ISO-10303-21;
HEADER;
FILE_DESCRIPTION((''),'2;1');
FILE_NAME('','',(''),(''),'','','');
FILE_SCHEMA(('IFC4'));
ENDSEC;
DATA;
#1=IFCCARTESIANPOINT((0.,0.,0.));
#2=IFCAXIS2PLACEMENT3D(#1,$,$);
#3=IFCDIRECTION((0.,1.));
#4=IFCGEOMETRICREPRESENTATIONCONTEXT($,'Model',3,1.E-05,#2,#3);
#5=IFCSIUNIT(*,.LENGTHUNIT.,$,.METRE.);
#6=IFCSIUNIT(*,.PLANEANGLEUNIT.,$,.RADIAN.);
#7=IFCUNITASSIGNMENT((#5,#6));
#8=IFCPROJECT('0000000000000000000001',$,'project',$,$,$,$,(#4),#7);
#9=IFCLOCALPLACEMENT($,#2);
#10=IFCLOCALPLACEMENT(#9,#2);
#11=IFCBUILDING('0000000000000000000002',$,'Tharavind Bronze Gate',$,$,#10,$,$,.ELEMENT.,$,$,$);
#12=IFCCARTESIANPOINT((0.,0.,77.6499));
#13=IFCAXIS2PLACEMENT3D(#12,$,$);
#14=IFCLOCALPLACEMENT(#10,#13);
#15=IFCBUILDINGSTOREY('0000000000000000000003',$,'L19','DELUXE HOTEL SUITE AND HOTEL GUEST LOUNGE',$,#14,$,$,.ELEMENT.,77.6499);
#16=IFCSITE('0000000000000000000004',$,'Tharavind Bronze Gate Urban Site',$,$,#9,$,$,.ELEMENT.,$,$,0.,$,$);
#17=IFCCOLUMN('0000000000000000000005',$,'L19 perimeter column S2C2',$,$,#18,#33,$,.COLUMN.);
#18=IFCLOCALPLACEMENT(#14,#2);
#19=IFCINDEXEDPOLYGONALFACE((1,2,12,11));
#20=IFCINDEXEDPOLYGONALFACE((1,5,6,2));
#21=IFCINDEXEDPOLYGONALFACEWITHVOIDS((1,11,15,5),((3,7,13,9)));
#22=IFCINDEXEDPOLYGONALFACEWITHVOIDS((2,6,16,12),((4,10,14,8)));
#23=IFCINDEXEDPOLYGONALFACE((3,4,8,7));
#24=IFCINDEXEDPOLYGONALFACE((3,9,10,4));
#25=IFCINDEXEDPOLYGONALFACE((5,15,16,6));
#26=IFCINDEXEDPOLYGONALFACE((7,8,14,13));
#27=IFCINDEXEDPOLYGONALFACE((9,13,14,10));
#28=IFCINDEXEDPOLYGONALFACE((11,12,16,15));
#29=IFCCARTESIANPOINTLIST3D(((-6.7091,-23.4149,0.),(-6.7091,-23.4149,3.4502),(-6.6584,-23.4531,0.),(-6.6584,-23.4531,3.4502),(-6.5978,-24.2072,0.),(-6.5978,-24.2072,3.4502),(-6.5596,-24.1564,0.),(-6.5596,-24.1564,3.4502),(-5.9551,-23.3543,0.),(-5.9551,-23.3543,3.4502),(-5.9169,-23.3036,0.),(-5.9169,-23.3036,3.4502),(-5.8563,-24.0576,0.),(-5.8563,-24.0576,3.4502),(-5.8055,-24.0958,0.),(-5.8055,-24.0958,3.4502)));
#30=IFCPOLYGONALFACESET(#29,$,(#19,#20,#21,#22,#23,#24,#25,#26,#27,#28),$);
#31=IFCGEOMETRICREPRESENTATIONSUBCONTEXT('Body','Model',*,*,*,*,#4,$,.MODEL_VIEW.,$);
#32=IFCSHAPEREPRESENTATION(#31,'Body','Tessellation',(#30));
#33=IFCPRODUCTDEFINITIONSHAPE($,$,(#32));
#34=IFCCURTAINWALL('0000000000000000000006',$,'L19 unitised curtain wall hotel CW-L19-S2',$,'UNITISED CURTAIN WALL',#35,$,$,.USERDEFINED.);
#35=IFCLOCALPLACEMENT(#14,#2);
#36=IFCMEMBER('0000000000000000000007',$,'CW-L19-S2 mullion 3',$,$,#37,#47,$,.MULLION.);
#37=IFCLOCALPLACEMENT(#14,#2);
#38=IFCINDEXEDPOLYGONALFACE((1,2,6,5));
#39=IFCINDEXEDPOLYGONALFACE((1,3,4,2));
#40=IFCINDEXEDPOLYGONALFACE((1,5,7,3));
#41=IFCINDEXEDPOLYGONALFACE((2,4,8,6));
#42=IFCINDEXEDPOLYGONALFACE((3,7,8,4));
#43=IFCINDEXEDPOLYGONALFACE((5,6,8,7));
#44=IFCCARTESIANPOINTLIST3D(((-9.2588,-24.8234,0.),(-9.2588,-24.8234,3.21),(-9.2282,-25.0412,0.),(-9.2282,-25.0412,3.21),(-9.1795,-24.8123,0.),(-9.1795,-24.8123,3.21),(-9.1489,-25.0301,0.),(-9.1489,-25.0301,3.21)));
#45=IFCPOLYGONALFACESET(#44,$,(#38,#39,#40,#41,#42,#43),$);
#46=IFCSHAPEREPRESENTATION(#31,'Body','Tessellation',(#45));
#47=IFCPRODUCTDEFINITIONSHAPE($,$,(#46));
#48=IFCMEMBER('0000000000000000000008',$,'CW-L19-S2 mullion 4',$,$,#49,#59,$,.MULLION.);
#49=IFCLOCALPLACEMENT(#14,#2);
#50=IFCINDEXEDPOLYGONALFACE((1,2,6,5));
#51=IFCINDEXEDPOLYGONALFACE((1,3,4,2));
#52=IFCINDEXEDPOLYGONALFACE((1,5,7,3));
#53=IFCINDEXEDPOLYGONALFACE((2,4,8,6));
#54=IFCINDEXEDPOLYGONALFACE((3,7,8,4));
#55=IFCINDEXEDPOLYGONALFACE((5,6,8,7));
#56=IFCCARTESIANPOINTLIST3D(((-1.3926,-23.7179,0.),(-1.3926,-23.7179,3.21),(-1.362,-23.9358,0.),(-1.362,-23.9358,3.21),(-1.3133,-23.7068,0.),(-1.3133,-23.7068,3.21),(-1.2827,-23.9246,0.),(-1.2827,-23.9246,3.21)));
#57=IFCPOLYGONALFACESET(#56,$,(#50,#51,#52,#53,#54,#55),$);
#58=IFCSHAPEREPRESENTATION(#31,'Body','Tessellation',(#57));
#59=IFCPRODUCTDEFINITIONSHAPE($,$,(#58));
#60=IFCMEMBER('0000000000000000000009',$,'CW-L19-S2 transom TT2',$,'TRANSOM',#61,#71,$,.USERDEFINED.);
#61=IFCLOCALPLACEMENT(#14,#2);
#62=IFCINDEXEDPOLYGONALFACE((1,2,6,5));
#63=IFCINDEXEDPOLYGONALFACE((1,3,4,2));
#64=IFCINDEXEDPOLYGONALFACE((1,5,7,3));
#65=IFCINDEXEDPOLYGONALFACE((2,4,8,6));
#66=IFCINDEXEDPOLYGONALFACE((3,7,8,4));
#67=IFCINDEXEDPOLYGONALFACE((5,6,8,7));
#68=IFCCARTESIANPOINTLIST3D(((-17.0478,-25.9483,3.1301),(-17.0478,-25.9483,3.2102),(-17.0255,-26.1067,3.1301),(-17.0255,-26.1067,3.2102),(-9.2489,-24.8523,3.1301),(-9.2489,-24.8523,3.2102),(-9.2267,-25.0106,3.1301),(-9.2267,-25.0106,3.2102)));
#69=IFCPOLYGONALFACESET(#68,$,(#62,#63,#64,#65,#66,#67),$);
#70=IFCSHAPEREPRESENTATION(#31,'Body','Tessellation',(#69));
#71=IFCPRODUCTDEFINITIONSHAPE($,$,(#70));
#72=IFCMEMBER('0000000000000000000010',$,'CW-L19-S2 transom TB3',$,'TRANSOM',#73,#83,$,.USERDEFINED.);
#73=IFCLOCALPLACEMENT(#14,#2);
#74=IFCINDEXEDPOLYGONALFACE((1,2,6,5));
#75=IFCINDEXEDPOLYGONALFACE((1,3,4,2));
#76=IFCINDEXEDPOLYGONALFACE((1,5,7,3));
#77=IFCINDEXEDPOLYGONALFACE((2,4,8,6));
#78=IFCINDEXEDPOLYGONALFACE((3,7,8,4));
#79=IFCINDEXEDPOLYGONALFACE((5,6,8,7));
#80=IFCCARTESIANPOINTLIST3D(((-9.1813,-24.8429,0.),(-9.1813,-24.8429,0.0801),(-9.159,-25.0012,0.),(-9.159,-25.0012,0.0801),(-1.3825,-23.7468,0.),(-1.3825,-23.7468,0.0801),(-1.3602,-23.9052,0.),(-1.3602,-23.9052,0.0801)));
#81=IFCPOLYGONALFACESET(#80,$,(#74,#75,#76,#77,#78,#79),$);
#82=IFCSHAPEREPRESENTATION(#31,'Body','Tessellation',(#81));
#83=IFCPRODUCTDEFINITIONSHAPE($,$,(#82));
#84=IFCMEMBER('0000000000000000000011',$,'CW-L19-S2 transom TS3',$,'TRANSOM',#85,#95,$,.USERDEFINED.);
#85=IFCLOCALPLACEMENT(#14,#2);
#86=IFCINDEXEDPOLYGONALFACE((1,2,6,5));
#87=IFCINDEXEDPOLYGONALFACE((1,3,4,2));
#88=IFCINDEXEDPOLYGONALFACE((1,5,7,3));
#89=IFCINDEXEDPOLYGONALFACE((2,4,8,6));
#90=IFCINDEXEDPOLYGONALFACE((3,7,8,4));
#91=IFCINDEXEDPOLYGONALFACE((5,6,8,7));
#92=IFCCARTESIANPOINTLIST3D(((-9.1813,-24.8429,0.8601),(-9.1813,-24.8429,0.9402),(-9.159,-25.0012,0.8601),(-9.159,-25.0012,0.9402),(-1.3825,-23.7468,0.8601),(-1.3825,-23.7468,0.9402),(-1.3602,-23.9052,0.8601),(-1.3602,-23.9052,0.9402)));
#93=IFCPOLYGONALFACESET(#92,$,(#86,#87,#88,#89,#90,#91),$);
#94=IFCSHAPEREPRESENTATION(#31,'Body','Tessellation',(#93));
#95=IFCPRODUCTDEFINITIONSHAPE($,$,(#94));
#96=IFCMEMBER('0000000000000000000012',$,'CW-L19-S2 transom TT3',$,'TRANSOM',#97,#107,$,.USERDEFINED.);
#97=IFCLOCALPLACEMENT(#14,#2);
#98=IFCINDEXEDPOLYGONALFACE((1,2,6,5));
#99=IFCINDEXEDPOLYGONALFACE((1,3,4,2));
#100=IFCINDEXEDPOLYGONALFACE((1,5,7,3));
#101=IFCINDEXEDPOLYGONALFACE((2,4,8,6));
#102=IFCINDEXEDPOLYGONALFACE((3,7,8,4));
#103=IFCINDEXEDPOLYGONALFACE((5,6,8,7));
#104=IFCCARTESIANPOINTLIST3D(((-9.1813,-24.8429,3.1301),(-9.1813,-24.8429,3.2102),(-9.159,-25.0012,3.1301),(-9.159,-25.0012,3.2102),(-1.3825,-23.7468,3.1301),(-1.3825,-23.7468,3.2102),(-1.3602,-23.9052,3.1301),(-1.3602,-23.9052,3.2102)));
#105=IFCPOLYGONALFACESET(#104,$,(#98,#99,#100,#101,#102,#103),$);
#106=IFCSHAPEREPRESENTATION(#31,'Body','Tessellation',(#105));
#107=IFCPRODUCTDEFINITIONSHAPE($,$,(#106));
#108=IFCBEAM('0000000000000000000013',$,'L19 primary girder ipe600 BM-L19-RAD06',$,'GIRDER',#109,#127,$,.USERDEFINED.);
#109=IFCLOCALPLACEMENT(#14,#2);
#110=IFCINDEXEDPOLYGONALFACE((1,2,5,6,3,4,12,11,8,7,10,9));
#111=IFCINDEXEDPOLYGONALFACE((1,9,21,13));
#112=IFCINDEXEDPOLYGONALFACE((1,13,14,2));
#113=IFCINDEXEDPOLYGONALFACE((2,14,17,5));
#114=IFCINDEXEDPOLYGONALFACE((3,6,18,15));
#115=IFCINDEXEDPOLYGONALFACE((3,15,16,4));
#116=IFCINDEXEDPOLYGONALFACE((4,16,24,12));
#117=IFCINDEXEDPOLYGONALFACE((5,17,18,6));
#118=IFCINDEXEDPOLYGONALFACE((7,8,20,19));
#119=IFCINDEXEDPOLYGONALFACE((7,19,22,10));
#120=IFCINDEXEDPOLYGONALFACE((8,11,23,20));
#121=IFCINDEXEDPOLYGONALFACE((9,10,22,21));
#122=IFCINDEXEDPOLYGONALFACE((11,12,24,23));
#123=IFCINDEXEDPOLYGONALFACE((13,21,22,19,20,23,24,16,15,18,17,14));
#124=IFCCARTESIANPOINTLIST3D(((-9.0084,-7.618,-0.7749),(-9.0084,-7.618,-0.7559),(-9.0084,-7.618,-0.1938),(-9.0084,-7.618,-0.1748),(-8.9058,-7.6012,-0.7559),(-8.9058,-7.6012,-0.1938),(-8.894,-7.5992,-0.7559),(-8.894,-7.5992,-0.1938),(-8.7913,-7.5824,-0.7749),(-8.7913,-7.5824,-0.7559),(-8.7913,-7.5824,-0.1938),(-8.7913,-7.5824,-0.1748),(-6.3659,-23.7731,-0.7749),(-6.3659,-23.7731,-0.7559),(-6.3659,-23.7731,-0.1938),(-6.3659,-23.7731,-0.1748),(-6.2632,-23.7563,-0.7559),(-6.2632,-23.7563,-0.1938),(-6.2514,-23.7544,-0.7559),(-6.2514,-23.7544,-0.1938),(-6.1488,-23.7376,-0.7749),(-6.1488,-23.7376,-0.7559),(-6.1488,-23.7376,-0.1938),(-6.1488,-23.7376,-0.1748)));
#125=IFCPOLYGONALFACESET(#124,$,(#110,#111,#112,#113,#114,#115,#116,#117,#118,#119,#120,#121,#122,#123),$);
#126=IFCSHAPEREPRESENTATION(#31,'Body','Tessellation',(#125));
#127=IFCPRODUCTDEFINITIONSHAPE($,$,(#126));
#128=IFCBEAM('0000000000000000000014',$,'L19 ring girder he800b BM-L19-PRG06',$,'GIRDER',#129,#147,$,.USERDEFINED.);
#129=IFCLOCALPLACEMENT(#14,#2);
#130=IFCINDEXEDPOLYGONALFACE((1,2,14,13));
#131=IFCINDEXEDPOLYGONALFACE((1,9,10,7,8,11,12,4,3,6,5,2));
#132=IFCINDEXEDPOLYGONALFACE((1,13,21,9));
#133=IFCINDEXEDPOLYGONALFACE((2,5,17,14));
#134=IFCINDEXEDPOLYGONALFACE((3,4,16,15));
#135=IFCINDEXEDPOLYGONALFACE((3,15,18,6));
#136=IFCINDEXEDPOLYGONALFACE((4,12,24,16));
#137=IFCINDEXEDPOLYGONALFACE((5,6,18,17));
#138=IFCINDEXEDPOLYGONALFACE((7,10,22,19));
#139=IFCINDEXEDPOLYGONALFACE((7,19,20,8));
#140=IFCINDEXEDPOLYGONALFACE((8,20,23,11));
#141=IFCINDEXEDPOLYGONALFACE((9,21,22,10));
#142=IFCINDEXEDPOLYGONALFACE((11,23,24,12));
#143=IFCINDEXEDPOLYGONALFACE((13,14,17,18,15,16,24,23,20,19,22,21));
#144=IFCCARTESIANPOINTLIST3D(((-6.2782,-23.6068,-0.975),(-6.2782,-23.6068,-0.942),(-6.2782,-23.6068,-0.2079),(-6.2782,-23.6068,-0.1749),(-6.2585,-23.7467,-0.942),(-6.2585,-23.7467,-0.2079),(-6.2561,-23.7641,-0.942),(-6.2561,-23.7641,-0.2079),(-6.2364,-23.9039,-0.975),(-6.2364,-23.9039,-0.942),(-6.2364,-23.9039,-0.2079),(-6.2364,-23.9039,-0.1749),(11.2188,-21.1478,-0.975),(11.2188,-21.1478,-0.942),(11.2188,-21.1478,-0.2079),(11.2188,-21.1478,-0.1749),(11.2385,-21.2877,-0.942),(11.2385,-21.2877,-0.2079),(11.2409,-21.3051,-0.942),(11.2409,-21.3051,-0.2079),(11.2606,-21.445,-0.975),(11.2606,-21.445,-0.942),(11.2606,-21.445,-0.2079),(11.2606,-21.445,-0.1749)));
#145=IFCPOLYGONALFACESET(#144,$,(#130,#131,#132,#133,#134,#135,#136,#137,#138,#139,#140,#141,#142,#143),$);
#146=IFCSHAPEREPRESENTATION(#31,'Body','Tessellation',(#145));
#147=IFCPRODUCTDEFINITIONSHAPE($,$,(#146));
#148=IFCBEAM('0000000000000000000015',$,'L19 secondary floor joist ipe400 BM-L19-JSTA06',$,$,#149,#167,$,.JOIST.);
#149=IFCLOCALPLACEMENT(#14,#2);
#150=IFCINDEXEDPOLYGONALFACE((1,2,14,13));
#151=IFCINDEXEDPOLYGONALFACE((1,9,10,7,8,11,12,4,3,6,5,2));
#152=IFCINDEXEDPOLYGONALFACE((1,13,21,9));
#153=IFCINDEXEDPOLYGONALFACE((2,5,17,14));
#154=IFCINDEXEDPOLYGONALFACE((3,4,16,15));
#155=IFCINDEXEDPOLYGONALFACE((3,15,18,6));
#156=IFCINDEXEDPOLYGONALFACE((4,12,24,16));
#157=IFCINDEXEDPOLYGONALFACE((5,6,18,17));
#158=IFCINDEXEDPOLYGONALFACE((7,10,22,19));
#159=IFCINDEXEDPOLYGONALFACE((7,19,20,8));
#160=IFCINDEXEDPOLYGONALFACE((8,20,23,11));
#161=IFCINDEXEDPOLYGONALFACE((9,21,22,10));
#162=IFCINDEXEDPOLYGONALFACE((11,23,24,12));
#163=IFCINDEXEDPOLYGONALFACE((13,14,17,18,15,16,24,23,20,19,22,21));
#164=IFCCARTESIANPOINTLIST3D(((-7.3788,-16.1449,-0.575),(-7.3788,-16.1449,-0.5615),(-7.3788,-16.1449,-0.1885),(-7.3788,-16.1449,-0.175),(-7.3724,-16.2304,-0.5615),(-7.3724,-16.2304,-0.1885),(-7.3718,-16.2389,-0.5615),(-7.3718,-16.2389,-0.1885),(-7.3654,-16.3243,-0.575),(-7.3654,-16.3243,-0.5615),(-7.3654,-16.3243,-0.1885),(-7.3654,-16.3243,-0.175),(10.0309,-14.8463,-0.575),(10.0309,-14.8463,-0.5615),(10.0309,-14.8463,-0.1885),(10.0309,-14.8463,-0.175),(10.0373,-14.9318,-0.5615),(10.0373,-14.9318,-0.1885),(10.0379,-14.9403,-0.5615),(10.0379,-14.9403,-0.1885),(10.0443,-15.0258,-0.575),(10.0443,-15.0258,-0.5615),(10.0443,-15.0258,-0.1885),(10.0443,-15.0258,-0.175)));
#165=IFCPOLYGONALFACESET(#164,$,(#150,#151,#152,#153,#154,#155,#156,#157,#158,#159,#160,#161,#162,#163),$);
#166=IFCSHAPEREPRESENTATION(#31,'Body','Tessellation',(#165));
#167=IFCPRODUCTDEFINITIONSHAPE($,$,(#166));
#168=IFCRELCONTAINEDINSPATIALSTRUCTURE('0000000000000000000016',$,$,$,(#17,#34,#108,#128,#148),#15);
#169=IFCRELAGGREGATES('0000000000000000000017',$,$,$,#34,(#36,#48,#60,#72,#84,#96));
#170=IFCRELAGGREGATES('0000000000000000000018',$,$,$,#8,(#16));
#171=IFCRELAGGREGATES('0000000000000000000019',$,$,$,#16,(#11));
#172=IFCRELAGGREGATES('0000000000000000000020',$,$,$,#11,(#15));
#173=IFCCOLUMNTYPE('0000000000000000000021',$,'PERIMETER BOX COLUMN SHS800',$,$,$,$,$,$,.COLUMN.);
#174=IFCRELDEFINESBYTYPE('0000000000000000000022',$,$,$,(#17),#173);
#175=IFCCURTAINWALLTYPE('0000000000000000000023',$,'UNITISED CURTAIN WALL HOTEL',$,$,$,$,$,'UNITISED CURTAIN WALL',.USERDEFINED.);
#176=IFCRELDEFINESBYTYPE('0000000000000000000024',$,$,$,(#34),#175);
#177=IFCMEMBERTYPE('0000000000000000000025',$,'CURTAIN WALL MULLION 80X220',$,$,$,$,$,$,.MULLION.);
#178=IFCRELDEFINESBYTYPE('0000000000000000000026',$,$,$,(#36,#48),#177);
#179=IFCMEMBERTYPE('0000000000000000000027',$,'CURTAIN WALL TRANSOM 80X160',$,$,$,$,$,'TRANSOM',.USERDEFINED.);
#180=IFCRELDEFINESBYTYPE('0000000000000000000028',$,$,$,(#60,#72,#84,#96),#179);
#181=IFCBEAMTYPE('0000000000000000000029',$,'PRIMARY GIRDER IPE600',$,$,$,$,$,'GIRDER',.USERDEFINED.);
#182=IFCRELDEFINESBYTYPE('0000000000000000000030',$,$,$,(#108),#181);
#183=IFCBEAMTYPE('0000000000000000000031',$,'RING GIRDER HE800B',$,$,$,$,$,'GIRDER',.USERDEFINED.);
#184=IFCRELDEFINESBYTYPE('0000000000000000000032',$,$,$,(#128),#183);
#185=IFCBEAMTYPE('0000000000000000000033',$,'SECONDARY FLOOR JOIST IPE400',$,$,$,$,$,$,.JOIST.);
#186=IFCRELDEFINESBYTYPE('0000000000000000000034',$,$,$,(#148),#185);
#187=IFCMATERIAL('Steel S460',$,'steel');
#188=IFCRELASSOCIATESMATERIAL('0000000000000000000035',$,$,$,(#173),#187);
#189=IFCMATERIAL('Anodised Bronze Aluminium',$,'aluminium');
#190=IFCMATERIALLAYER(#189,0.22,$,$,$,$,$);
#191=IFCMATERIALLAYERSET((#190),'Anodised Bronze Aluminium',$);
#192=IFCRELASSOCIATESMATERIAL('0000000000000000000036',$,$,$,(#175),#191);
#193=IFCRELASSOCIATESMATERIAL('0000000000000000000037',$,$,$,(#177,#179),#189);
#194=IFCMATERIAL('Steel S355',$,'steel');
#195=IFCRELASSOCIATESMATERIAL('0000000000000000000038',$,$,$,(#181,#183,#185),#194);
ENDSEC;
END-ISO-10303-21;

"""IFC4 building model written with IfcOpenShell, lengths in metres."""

from ifc_helpers import new_model, si_unit, direction, frame, origin, origin_2d, place, context, subcontext, project, spatial, rectangle, hollow_rectangle, i_section, extrude, material, layer, layer_set, material_profile, profile_set, type_object, element, aggregate, save


model = new_model("IFC4")

# Units and contexts
model_context = context("Model", 3, precision=1e-05, world=origin(), true_north=direction((0.0, 1.0)))
body_context = subcontext(model_context, "Body", "Model", "MODEL_VIEW")
ifc_project = project(units=[si_unit("LENGTHUNIT", "METRE"), si_unit("PLANEANGLEUNIT", "RADIAN")], contexts=[model_context])

# Site, building, storey
site_placement = place(None, origin())
site = spatial("IfcSite", under=ifc_project, at=site_placement, Name="Tharavind Bronze Gate Urban Site", CompositionType="ELEMENT", RefElevation=0.0)
building_placement = place(site_placement, origin())
building = spatial("IfcBuilding", under=site, at=building_placement, Name="Tharavind Bronze Gate", CompositionType="ELEMENT")
storey_placement = place(building_placement, frame((0.0, 0.0, 77.6499)))
storey = spatial("IfcBuildingStorey", under=building, at=storey_placement, Name="L19", Description="DELUXE HOTEL SUITE AND HOTEL GUEST LOUNGE", CompositionType="ELEMENT", Elevation=77.6499)

# Column
ifc_material_1 = material(Name="Steel S460", Category="steel")
ifc_material_profile_1 = material_profile(ifc_material_1, hollow_rectangle(XDim=0.8, YDim=0.8, WallThickness=0.0449, at=origin_2d()), Name="SHS800X45")
ifc_profile_set_1 = profile_set([ifc_material_profile_1], Name="Steel S460")
column_type = type_object("IfcColumnType", Name="PERIMETER BOX COLUMN SHS800", PredefinedType="COLUMN", material=ifc_profile_set_1)
column_placement = place(storey_placement, frame((-6.2573, -23.7554, 0.0), z_axis=(0.0, 0.0, 1.0), x_axis=(0.990268, 0.139173, 0.0)))
element("IfcColumn", 1, at=column_placement, inside=storey, type_object=column_type, Name="L19 perimeter column S2C2", PredefinedType="COLUMN", context=body_context, shape_type="SweptSolid", body=[
    extrude(hollow_rectangle(XDim=0.8, YDim=0.8, WallThickness=0.0449, at=origin_2d()), origin(), (0.0, 0.0, 1.0), 3.4502),
])

# Curtain wall, members
ifc_material_2 = material(Name="Anodised Bronze Aluminium", Category="aluminium")
ifc_layer_1 = layer(ifc_material_2, 0.22)
ifc_layer_set_1 = layer_set([ifc_layer_1], Name="Anodised Bronze Aluminium")
curtain_wall_type = type_object("IfcCurtainWallType", Name="UNITISED CURTAIN WALL HOTEL", ElementType="UNITISED CURTAIN WALL", PredefinedType="USERDEFINED", material=ifc_layer_set_1)
curtain_wall_placement = place(storey_placement, origin())
curtain_wall = element("IfcCurtainWall", 2, at=curtain_wall_placement, inside=storey, type_object=curtain_wall_type, Name="L19 unitised curtain wall hotel CW-L19-S2", ObjectType="UNITISED CURTAIN WALL", PredefinedType="USERDEFINED")
member_type_1 = type_object("IfcMemberType", Name="CURTAIN WALL MULLION 80X220", PredefinedType="MULLION", material=ifc_material_2)
member_1_placement = place(storey_placement, frame((-9.2039, -24.9268, 0.0), z_axis=(0.0, 0.0, 1.0), x_axis=(0.990268, 0.139173, 0.0)))
member_1 = element("IfcMember", 3, at=member_1_placement, type_object=member_type_1, Name="CW-L19-S2 mullion 3", PredefinedType="MULLION", context=body_context, shape_type="SweptSolid", body=[
    extrude(rectangle(XDim=0.0801, YDim=0.22, at=origin_2d()), origin(), (0.0, 0.0, 1.0), 3.21),
])
member_2_placement = place(storey_placement, frame((-1.3376, -23.8213, 0.0), z_axis=(0.0, 0.0, 1.0), x_axis=(0.990268, 0.139173, 0.0)))
member_2 = element("IfcMember", 4, at=member_2_placement, type_object=member_type_1, Name="CW-L19-S2 mullion 4", PredefinedType="MULLION", context=body_context, shape_type="SweptSolid", body=[
    extrude(rectangle(XDim=0.0801, YDim=0.22, at=origin_2d()), origin(), (0.0, 0.0, 1.0), 3.21),
])
member_type_2 = type_object("IfcMemberType", Name="CURTAIN WALL TRANSOM 80X160", ElementType="TRANSOM", PredefinedType="USERDEFINED", material=ifc_material_2)
member_3_placement = place(storey_placement, frame((-13.1372, -25.4795, 3.1301), z_axis=(0.0, 0.0, 1.0), x_axis=(0.990268, 0.139173, 0.0)))
member_3 = element("IfcMember", 5, at=member_3_placement, type_object=member_type_2, Name="CW-L19-S2 transom TT2", ObjectType="TRANSOM", PredefinedType="USERDEFINED", context=body_context, shape_type="SweptSolid", body=[
    extrude(rectangle(XDim=7.8755, YDim=0.1599, at=origin_2d()), origin(), (0.0, 0.0, 1.0), 0.0801),
])
member_4_placement = place(storey_placement, frame((-5.2708, -24.374, 0.0), z_axis=(0.0, 0.0, 1.0), x_axis=(0.990268, 0.139173, 0.0)))
member_4 = element("IfcMember", 6, at=member_4_placement, type_object=member_type_2, Name="CW-L19-S2 transom TB3", ObjectType="TRANSOM", PredefinedType="USERDEFINED", context=body_context, shape_type="SweptSolid", body=[
    extrude(rectangle(XDim=7.8755, YDim=0.1599, at=origin_2d()), origin(), (0.0, 0.0, 1.0), 0.0801),
])
member_5_placement = place(storey_placement, frame((-5.2708, -24.374, 0.8601), z_axis=(0.0, 0.0, 1.0), x_axis=(0.990268, 0.139173, 0.0)))
member_5 = element("IfcMember", 7, at=member_5_placement, type_object=member_type_2, Name="CW-L19-S2 transom TS3", ObjectType="TRANSOM", PredefinedType="USERDEFINED", context=body_context, shape_type="SweptSolid", body=[
    extrude(rectangle(XDim=7.8755, YDim=0.1599, at=origin_2d()), origin(), (0.0, 0.0, 1.0), 0.0801),
])
member_6_placement = place(storey_placement, frame((-5.2708, -24.374, 3.1301), z_axis=(0.0, 0.0, 1.0), x_axis=(0.990268, 0.139173, 0.0)))
member_6 = element("IfcMember", 8, at=member_6_placement, type_object=member_type_2, Name="CW-L19-S2 transom TT3", ObjectType="TRANSOM", PredefinedType="USERDEFINED", context=body_context, shape_type="SweptSolid", body=[
    extrude(rectangle(XDim=7.8755, YDim=0.1599, at=origin_2d()), origin(), (0.0, 0.0, 1.0), 0.0801),
])

# Beams
ifc_material_3 = material(Name="Steel S355", Category="steel")
ifc_material_profile_2 = material_profile(ifc_material_3, i_section(OverallWidth=0.22, OverallDepth=0.6001, WebThickness=0.012, FlangeThickness=0.019, at=origin_2d()), Name="IPE600")
ifc_profile_set_2 = profile_set([ifc_material_profile_2], Name="Steel S355")
beam_type_1 = type_object("IfcBeamType", Name="PRIMARY GIRDER IPE600", ElementType="GIRDER", PredefinedType="USERDEFINED", material=ifc_profile_set_2)
beam_1_placement = place(storey_placement, frame((-6.2573, -23.7554, -0.4749), z_axis=(-0.161428, 0.986884, 0.0), x_axis=(-0.986884, -0.161428, 0.0)))
element("IfcBeam", 9, at=beam_1_placement, inside=storey, type_object=beam_type_1, Name="L19 primary girder ipe600 BM-L19-RAD06", ObjectType="GIRDER", PredefinedType="USERDEFINED", context=body_context, shape_type="SweptSolid", body=[
    extrude(i_section(OverallWidth=0.22, OverallDepth=0.6001, WebThickness=0.012, FlangeThickness=0.019, at=origin_2d()), origin(), (0.0, 0.0, 1.0), 16.3699),
])
ifc_material_profile_3 = material_profile(ifc_material_3, i_section(OverallWidth=0.3, OverallDepth=0.8, WebThickness=0.0176, FlangeThickness=0.033, at=origin_2d()), Name="HE800B")
ifc_profile_set_3 = profile_set([ifc_material_profile_3], Name="Steel S355")
beam_type_2 = type_object("IfcBeamType", Name="RING GIRDER HE800B", ElementType="GIRDER", PredefinedType="USERDEFINED", material=ifc_profile_set_3)
beam_2_placement = place(storey_placement, frame((-6.2573, -23.7554, -0.575), z_axis=(0.990269, 0.139169, 0.0), x_axis=(-0.139169, 0.990269, 0.0)))
element("IfcBeam", 10, at=beam_2_placement, inside=storey, type_object=beam_type_2, Name="L19 ring girder he800b BM-L19-PRG06", ObjectType="GIRDER", PredefinedType="USERDEFINED", context=body_context, shape_type="SweptSolid", body=[
    extrude(i_section(OverallWidth=0.3, OverallDepth=0.8, WebThickness=0.0176, FlangeThickness=0.033, at=origin_2d()), origin(), (0.0, 0.0, 1.0), 17.6689),
])
ifc_material_profile_4 = material_profile(ifc_material_3, i_section(OverallWidth=0.1799, OverallDepth=0.3999, WebThickness=0.0085, FlangeThickness=0.0134, at=origin_2d()), Name="IPE400")
ifc_profile_set_4 = profile_set([ifc_material_profile_4], Name="Steel S355")
beam_type_3 = type_object("IfcBeamType", Name="SECONDARY FLOOR JOIST IPE400", PredefinedType="JOIST", material=ifc_profile_set_4)
beam_3_placement = place(storey_placement, frame((-7.3721, -16.2346, -0.375), z_axis=(0.99723, 0.074383, 0.0), x_axis=(-0.074383, 0.99723, 0.0)))
element("IfcBeam", 11, at=beam_3_placement, inside=storey, type_object=beam_type_3, Name="L19 secondary floor joist ipe400 BM-L19-JSTA06", PredefinedType="JOIST", context=body_context, shape_type="SweptSolid", body=[
    extrude(i_section(OverallWidth=0.1799, OverallDepth=0.3999, WebThickness=0.0085, FlangeThickness=0.0134, at=origin_2d()), origin(), (0.0, 0.0, 1.0), 17.458),
])

aggregate(curtain_wall, [member_1, member_2, member_3, member_4, member_5, member_6])

save(model, "model.ifc")
